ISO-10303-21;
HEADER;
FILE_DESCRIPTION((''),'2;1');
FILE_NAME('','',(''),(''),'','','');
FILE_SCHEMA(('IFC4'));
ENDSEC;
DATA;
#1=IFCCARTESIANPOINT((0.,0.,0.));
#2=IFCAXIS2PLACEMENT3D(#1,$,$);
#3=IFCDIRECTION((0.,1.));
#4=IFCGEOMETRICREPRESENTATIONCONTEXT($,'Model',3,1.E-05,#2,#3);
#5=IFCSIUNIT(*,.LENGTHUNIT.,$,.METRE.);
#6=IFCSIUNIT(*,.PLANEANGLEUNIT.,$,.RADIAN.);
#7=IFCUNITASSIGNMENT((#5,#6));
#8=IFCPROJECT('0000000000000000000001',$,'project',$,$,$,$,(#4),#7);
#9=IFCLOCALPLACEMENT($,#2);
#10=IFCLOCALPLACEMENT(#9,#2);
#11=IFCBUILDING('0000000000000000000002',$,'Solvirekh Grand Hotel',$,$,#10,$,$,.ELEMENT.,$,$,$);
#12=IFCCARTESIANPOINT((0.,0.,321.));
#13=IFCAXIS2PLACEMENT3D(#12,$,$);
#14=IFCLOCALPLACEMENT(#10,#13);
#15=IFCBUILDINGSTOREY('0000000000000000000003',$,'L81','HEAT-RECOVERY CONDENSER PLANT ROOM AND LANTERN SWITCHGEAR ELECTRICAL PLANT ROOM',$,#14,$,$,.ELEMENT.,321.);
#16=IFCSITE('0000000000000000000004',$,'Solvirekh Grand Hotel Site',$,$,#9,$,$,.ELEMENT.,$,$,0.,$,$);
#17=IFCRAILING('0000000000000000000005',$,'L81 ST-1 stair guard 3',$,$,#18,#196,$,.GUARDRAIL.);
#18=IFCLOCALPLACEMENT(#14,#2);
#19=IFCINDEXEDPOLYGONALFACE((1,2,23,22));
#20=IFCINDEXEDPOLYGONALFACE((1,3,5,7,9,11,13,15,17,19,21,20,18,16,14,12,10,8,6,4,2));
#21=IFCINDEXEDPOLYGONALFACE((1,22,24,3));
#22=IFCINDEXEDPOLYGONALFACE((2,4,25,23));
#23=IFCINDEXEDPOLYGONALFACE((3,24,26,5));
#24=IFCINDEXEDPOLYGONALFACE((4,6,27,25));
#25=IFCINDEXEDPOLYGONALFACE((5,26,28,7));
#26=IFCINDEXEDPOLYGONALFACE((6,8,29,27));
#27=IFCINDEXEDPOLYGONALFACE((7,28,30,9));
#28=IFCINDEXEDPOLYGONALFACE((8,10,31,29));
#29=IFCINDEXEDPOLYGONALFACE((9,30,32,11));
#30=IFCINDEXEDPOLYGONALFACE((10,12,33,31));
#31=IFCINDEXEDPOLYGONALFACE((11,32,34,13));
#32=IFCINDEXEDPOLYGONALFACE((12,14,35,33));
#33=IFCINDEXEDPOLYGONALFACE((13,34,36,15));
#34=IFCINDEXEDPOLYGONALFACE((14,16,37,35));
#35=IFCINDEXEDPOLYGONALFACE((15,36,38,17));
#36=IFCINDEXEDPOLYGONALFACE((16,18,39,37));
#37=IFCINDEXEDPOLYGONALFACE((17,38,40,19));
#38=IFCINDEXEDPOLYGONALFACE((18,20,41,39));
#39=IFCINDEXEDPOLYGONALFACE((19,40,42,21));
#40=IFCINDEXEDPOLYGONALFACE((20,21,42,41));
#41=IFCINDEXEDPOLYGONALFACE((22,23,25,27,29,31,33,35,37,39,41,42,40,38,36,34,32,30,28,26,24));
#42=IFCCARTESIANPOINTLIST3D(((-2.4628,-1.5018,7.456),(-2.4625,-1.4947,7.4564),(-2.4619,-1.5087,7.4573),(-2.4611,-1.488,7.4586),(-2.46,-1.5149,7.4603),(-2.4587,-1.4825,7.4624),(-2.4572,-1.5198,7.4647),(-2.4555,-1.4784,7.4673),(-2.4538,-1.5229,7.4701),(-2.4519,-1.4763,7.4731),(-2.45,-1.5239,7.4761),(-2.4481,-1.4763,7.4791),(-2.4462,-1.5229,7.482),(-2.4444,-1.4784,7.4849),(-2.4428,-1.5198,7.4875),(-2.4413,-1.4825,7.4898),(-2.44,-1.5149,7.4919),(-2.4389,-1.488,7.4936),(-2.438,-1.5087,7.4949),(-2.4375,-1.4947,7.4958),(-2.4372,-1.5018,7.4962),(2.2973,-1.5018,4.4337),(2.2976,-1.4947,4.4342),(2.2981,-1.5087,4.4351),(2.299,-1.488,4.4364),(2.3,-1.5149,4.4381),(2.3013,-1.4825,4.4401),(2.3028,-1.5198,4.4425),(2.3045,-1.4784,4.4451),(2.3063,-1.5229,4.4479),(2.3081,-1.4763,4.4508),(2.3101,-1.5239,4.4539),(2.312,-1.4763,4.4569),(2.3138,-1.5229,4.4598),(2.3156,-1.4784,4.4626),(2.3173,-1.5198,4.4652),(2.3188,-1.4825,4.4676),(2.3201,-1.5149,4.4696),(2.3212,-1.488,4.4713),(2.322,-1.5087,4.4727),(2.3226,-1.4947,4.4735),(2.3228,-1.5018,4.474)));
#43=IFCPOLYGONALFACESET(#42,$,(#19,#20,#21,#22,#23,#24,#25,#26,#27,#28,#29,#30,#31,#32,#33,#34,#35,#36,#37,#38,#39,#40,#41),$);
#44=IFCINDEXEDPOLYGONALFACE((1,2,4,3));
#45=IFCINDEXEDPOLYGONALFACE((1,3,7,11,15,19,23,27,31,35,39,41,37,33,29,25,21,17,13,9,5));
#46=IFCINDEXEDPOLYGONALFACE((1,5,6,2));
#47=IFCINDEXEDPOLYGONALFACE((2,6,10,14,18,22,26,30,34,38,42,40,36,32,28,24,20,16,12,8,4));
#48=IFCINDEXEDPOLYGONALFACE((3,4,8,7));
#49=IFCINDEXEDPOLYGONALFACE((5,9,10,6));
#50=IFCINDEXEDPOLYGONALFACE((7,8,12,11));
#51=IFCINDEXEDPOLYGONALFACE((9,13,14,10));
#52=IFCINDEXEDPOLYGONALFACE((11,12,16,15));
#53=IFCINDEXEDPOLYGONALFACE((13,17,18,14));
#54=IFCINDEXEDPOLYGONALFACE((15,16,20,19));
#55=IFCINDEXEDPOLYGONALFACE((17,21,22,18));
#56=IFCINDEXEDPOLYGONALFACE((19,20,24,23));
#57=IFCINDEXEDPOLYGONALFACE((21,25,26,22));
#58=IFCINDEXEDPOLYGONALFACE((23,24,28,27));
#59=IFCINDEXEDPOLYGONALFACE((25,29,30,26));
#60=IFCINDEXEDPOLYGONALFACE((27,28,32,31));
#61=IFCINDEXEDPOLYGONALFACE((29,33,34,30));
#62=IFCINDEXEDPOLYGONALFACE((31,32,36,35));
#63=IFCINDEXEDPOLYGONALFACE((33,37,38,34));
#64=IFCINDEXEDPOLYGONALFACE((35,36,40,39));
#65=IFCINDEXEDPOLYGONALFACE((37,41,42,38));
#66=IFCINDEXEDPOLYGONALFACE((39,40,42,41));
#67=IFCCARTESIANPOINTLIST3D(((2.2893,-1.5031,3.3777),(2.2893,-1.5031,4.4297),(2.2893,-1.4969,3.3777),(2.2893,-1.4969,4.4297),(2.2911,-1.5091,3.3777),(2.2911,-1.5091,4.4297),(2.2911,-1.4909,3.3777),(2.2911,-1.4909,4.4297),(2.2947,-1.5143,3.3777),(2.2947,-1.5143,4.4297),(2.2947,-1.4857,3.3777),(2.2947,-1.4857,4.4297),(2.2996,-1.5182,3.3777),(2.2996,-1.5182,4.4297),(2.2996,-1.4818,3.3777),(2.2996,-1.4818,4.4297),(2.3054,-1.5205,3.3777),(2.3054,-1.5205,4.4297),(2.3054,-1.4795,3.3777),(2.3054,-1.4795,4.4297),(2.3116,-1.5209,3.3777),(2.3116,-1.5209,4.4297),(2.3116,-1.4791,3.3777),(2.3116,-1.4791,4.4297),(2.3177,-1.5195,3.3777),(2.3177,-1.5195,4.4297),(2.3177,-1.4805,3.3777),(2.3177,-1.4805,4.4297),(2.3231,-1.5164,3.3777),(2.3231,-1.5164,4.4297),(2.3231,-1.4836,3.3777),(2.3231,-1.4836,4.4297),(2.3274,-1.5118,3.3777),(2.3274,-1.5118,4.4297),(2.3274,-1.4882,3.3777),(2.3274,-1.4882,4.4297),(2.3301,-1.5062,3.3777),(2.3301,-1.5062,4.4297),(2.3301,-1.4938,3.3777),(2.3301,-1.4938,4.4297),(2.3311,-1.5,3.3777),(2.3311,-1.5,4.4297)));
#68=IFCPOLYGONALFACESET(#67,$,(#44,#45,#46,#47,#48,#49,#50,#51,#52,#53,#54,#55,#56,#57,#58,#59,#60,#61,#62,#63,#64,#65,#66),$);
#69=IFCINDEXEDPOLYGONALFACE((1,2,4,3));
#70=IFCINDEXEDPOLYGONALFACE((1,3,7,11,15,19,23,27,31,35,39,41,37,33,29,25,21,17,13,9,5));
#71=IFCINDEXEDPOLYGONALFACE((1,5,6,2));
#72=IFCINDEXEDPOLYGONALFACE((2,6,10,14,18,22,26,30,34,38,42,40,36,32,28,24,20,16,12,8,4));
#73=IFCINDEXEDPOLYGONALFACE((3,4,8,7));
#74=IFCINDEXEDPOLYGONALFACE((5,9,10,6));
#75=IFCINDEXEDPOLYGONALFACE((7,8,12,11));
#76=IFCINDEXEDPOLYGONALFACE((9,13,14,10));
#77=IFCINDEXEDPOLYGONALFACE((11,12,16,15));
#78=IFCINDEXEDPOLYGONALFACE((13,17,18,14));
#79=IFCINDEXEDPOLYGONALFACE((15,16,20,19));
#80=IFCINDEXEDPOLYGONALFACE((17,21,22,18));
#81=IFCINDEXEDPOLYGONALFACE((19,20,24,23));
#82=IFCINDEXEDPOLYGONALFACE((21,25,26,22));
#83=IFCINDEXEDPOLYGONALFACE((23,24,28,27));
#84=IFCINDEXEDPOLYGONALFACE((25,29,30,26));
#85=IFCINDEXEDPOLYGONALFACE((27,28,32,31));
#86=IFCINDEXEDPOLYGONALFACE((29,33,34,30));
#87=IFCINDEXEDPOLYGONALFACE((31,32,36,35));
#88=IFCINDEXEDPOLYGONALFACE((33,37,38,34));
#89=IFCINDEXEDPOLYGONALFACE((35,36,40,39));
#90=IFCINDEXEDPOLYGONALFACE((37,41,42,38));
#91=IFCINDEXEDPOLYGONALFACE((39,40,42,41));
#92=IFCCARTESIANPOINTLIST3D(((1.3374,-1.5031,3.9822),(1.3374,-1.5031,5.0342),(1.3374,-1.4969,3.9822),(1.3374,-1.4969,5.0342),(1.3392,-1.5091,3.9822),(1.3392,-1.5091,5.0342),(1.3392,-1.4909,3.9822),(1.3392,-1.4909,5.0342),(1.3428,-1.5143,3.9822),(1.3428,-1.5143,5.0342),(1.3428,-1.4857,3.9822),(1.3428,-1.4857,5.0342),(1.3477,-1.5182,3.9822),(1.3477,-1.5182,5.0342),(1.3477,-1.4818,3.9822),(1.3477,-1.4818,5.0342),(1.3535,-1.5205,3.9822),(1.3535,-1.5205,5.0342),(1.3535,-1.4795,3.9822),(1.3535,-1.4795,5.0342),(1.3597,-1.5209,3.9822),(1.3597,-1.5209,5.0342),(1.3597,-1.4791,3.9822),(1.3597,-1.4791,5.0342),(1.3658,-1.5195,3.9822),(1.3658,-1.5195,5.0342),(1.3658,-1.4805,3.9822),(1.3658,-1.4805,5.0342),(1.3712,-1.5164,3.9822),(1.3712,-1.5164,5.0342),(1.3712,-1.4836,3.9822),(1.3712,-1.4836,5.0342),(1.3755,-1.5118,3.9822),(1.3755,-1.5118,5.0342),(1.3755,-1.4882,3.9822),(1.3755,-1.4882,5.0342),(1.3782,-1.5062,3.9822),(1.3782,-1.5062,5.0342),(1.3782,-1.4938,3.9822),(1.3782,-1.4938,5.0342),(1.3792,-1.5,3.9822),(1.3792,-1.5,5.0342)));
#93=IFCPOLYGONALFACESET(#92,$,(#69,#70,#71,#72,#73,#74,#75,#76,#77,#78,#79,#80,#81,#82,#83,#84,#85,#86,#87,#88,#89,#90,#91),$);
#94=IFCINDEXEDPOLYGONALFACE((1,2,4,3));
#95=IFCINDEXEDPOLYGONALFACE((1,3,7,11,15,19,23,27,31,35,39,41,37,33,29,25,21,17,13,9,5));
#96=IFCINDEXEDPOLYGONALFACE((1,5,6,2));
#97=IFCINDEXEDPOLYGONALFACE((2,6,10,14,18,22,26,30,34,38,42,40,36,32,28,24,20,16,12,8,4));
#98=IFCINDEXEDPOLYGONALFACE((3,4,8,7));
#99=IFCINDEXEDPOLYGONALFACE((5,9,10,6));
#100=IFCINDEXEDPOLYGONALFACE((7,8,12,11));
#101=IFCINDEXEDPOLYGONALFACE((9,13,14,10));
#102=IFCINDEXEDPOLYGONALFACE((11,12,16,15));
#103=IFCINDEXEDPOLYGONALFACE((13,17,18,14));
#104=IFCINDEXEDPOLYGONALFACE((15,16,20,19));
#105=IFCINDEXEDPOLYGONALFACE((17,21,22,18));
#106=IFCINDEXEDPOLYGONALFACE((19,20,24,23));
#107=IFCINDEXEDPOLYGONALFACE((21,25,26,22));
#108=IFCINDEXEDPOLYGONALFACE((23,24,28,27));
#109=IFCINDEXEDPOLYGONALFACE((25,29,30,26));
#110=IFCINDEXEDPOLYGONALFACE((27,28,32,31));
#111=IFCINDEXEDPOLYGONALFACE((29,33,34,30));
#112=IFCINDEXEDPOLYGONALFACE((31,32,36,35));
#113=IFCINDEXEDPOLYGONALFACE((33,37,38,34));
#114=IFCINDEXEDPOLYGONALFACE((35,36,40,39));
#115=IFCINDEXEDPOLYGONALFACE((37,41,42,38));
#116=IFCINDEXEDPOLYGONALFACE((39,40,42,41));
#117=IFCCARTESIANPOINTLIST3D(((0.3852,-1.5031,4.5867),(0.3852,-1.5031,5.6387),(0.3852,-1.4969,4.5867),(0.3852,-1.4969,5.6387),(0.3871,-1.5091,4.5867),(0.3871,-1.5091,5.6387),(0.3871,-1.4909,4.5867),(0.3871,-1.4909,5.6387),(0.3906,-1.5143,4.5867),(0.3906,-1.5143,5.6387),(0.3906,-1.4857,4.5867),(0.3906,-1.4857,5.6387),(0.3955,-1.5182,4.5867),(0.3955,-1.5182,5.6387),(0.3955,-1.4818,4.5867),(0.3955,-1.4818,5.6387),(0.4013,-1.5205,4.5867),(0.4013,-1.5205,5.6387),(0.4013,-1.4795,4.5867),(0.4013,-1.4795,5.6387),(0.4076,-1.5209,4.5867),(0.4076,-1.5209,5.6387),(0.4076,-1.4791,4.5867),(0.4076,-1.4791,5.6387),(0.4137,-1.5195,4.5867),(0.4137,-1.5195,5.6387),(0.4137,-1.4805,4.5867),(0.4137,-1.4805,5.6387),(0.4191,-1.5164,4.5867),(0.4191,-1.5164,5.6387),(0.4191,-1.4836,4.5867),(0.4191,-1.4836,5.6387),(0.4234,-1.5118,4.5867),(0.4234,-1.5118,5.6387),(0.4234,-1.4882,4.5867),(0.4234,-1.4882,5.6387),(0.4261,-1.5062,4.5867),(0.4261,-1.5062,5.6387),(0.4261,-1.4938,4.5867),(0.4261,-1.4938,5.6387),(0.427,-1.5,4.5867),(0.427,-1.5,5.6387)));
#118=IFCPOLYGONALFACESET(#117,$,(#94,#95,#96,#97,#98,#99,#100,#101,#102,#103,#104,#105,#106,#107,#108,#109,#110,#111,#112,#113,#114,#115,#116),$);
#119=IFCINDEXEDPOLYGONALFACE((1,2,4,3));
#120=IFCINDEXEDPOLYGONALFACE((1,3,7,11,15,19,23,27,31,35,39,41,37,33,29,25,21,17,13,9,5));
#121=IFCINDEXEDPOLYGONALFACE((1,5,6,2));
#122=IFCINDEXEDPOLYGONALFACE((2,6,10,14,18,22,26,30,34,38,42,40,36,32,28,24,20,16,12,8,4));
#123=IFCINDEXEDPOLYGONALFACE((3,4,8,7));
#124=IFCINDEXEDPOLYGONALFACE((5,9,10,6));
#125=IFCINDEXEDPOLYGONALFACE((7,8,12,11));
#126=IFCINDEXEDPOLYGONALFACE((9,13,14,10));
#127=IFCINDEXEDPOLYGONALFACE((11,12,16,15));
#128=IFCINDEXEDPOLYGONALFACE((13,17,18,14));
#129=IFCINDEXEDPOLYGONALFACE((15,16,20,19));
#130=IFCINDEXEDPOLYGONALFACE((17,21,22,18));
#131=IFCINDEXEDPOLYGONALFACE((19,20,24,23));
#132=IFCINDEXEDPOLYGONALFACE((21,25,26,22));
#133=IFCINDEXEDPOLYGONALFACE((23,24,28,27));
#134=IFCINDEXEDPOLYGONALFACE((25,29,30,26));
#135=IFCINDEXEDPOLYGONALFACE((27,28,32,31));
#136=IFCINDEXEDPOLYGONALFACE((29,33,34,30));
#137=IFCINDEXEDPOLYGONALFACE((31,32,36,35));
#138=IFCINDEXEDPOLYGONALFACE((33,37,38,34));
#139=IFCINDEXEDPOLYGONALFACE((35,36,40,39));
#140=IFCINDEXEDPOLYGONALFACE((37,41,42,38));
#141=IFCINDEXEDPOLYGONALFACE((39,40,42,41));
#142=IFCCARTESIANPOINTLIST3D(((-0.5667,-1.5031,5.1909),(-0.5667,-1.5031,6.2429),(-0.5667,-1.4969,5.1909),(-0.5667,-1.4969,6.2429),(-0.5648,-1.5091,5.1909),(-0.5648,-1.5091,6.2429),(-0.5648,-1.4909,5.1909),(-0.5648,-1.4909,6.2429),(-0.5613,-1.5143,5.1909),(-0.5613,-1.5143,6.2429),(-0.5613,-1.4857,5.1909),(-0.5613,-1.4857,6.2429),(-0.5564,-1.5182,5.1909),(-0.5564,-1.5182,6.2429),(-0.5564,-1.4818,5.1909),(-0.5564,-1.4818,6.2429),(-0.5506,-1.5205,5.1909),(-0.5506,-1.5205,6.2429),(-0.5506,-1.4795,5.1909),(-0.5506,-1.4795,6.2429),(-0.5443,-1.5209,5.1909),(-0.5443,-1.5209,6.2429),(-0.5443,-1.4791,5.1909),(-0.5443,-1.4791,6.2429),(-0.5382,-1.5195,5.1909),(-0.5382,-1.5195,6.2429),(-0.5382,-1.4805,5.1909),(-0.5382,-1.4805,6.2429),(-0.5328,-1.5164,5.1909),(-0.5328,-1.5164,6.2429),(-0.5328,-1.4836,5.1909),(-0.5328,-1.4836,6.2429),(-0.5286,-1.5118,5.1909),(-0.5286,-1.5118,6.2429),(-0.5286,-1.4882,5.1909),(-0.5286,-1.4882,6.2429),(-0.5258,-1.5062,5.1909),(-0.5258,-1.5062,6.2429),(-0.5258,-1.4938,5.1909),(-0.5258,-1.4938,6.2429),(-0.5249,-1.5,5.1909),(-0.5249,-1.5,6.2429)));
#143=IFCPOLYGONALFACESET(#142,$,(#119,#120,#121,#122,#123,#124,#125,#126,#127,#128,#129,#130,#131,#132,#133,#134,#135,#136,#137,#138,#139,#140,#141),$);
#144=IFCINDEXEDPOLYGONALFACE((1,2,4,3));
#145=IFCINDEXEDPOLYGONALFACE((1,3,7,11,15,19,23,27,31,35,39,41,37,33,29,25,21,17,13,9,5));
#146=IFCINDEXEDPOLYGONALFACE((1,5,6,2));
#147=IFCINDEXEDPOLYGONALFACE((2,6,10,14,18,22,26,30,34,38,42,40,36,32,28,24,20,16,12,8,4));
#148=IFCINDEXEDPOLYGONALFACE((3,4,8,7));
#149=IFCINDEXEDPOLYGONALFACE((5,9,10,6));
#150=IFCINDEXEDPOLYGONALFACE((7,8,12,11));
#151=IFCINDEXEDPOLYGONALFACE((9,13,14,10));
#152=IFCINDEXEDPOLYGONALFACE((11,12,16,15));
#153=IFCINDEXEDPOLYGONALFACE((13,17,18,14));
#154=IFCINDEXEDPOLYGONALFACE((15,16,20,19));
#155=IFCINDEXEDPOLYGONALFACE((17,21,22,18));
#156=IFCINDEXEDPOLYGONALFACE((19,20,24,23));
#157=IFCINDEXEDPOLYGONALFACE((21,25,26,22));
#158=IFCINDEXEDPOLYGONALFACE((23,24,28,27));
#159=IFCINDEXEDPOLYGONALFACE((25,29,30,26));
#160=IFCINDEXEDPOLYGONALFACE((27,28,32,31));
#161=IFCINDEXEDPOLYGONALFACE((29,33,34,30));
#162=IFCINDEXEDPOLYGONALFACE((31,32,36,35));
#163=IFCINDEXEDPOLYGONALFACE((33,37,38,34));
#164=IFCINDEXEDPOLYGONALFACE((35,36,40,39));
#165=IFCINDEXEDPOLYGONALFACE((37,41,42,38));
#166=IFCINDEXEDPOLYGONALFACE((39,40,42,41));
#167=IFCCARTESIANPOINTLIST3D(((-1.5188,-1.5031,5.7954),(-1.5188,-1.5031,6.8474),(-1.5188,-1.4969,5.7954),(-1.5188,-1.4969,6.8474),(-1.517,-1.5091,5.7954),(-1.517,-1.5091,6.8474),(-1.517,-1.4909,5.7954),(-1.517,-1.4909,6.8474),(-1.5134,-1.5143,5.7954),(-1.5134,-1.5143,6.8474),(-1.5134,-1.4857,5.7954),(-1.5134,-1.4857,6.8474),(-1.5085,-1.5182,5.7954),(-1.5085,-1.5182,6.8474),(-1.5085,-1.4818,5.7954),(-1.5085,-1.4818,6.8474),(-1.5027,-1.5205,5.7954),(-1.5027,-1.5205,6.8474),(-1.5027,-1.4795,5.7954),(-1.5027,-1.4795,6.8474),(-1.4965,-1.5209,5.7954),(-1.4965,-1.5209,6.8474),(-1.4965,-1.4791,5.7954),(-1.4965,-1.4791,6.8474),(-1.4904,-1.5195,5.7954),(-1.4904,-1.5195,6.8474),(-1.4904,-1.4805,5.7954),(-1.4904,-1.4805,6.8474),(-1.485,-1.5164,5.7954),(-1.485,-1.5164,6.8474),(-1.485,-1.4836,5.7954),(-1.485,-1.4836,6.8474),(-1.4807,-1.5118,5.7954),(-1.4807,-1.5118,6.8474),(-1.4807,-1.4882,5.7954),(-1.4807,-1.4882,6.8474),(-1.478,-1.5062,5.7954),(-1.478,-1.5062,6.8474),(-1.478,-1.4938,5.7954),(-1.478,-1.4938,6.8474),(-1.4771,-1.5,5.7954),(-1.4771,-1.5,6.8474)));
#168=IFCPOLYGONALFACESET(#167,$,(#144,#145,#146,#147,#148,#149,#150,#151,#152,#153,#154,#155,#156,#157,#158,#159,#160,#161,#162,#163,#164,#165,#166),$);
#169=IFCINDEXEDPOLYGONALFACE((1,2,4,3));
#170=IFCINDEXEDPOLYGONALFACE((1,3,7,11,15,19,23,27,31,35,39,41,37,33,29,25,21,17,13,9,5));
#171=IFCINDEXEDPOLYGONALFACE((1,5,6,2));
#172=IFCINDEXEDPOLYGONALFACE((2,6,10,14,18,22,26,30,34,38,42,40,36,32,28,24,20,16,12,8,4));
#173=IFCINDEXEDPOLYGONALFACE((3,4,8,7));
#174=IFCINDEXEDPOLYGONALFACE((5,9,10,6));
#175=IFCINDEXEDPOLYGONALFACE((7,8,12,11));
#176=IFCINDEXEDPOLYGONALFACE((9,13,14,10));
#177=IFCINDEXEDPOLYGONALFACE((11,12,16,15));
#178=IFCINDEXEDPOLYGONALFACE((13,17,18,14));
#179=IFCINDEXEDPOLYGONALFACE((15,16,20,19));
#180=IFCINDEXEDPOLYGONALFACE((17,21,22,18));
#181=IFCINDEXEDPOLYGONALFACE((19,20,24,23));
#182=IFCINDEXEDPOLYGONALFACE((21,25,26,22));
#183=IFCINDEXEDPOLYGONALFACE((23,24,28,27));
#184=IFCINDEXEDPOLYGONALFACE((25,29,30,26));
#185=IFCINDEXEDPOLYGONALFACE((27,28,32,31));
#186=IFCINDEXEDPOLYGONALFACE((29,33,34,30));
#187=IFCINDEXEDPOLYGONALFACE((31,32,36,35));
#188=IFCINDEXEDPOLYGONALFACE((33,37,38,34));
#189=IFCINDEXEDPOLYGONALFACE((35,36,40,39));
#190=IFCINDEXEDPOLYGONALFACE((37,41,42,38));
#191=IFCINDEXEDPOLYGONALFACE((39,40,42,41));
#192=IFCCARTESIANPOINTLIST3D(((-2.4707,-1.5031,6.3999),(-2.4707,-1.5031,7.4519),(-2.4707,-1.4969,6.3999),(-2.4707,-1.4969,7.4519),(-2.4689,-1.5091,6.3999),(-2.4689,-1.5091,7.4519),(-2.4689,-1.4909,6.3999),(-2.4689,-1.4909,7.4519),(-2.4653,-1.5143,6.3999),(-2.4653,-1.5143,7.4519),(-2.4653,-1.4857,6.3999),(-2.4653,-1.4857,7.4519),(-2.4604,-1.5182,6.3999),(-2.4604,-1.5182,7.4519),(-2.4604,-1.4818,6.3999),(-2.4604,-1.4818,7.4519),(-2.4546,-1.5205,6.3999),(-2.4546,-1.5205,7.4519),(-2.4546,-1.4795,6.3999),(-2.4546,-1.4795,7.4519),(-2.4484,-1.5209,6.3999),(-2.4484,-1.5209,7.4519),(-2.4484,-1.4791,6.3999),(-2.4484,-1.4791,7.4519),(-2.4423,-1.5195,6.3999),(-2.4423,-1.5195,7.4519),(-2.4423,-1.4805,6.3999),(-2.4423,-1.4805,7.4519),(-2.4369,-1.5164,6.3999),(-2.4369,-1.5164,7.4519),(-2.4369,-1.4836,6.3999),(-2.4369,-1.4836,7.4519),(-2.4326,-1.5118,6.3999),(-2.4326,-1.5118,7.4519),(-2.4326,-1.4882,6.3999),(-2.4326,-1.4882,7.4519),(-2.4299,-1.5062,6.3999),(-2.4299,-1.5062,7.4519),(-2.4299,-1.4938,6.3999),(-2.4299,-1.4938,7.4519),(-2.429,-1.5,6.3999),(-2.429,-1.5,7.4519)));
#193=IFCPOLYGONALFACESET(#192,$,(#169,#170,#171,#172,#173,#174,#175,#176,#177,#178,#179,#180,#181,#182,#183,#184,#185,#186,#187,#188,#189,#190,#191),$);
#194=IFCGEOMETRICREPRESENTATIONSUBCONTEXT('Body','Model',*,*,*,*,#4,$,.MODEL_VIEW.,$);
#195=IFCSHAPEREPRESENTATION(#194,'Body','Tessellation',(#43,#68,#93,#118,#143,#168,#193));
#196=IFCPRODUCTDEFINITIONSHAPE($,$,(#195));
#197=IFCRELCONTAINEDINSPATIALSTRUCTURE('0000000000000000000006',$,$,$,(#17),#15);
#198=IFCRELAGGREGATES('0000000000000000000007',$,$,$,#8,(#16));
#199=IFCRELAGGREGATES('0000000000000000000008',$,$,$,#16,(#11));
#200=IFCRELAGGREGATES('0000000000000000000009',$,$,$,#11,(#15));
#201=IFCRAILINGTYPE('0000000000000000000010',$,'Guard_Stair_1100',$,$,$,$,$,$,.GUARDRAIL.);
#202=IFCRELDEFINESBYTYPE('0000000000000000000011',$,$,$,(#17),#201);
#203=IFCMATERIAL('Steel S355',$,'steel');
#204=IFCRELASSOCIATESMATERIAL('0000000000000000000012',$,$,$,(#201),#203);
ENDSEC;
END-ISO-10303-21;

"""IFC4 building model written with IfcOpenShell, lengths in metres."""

from ifc_helpers import new_model, si_unit, direction, frame, origin, origin_2d, place, context, subcontext, project, spatial, circle, extrude, material, type_object, element, save


model = new_model("IFC4")

# Units and contexts
model_context = context("Model", 3, precision=1e-05, world=origin(), true_north=direction((0.0, 1.0)))
body_context = subcontext(model_context, "Body", "Model", "MODEL_VIEW")
ifc_project = project(units=[si_unit("LENGTHUNIT", "METRE"), si_unit("PLANEANGLEUNIT", "RADIAN")], contexts=[model_context])

# Site, building, storey
site_placement = place(None, origin())
site = spatial("IfcSite", under=ifc_project, at=site_placement, Name="Solvirekh Grand Hotel Site", CompositionType="ELEMENT", RefElevation=0.0)
building_placement = place(site_placement, origin())
building = spatial("IfcBuilding", under=site, at=building_placement, Name="Solvirekh Grand Hotel", CompositionType="ELEMENT")
storey_placement = place(building_placement, frame((0.0, 0.0, 321.0)))
storey = spatial("IfcBuildingStorey", under=building, at=storey_placement, Name="L81", Description="HEAT-RECOVERY CONDENSER PLANT ROOM AND LANTERN SWITCHGEAR ELECTRICAL PLANT ROOM", CompositionType="ELEMENT", Elevation=321.0)

# Shared definitions
ifc_material_1 = material(Name="Steel S355", Category="steel")

# Railing
railing_type_1 = type_object("IfcRailingType", Name="Guard_Stair_1100", PredefinedType="GUARDRAIL", material=ifc_material_1)
railing_1_placement = place(storey_placement, frame((2.3101, -1.5, 3.3777)))
element("IfcRailing", 1, at=railing_1_placement, inside=storey, type_object=railing_type_1, Name="L81 ST-1 stair guard 3", PredefinedType="GUARDRAIL", context=body_context, shape_type="SweptSolid", body=[
    extrude(circle(Radius=0.0239, at=origin_2d()), frame((0.0, 0.0, 1.0762), z_axis=(-0.844214, 0.0, 0.536007), x_axis=(0.0, -1.0, 0.0)), (0.0, 0.0, 1.0), 5.6384),
    extrude(circle(Radius=0.021, at=origin_2d()), origin(), (0.0, 0.0, 1.0), 1.052),
    extrude(circle(Radius=0.021, at=origin_2d()), frame((-0.9519, 0.0, 0.6045)), (0.0, 0.0, 1.0), 1.052),
    extrude(circle(Radius=0.021, at=origin_2d()), frame((-1.9041, 0.0, 1.209)), (0.0, 0.0, 1.0), 1.052),
    extrude(circle(Radius=0.021, at=origin_2d()), frame((-2.856, 0.0, 1.8132)), (0.0, 0.0, 1.0), 1.052),
    extrude(circle(Radius=0.021, at=origin_2d()), frame((-3.8081, 0.0, 2.4177)), (0.0, 0.0, 1.0), 1.052),
    extrude(circle(Radius=0.021, at=origin_2d()), frame((-4.76, 0.0, 3.0222)), (0.0, 0.0, 1.0), 1.052),
])

save(model, "model.ifc")
